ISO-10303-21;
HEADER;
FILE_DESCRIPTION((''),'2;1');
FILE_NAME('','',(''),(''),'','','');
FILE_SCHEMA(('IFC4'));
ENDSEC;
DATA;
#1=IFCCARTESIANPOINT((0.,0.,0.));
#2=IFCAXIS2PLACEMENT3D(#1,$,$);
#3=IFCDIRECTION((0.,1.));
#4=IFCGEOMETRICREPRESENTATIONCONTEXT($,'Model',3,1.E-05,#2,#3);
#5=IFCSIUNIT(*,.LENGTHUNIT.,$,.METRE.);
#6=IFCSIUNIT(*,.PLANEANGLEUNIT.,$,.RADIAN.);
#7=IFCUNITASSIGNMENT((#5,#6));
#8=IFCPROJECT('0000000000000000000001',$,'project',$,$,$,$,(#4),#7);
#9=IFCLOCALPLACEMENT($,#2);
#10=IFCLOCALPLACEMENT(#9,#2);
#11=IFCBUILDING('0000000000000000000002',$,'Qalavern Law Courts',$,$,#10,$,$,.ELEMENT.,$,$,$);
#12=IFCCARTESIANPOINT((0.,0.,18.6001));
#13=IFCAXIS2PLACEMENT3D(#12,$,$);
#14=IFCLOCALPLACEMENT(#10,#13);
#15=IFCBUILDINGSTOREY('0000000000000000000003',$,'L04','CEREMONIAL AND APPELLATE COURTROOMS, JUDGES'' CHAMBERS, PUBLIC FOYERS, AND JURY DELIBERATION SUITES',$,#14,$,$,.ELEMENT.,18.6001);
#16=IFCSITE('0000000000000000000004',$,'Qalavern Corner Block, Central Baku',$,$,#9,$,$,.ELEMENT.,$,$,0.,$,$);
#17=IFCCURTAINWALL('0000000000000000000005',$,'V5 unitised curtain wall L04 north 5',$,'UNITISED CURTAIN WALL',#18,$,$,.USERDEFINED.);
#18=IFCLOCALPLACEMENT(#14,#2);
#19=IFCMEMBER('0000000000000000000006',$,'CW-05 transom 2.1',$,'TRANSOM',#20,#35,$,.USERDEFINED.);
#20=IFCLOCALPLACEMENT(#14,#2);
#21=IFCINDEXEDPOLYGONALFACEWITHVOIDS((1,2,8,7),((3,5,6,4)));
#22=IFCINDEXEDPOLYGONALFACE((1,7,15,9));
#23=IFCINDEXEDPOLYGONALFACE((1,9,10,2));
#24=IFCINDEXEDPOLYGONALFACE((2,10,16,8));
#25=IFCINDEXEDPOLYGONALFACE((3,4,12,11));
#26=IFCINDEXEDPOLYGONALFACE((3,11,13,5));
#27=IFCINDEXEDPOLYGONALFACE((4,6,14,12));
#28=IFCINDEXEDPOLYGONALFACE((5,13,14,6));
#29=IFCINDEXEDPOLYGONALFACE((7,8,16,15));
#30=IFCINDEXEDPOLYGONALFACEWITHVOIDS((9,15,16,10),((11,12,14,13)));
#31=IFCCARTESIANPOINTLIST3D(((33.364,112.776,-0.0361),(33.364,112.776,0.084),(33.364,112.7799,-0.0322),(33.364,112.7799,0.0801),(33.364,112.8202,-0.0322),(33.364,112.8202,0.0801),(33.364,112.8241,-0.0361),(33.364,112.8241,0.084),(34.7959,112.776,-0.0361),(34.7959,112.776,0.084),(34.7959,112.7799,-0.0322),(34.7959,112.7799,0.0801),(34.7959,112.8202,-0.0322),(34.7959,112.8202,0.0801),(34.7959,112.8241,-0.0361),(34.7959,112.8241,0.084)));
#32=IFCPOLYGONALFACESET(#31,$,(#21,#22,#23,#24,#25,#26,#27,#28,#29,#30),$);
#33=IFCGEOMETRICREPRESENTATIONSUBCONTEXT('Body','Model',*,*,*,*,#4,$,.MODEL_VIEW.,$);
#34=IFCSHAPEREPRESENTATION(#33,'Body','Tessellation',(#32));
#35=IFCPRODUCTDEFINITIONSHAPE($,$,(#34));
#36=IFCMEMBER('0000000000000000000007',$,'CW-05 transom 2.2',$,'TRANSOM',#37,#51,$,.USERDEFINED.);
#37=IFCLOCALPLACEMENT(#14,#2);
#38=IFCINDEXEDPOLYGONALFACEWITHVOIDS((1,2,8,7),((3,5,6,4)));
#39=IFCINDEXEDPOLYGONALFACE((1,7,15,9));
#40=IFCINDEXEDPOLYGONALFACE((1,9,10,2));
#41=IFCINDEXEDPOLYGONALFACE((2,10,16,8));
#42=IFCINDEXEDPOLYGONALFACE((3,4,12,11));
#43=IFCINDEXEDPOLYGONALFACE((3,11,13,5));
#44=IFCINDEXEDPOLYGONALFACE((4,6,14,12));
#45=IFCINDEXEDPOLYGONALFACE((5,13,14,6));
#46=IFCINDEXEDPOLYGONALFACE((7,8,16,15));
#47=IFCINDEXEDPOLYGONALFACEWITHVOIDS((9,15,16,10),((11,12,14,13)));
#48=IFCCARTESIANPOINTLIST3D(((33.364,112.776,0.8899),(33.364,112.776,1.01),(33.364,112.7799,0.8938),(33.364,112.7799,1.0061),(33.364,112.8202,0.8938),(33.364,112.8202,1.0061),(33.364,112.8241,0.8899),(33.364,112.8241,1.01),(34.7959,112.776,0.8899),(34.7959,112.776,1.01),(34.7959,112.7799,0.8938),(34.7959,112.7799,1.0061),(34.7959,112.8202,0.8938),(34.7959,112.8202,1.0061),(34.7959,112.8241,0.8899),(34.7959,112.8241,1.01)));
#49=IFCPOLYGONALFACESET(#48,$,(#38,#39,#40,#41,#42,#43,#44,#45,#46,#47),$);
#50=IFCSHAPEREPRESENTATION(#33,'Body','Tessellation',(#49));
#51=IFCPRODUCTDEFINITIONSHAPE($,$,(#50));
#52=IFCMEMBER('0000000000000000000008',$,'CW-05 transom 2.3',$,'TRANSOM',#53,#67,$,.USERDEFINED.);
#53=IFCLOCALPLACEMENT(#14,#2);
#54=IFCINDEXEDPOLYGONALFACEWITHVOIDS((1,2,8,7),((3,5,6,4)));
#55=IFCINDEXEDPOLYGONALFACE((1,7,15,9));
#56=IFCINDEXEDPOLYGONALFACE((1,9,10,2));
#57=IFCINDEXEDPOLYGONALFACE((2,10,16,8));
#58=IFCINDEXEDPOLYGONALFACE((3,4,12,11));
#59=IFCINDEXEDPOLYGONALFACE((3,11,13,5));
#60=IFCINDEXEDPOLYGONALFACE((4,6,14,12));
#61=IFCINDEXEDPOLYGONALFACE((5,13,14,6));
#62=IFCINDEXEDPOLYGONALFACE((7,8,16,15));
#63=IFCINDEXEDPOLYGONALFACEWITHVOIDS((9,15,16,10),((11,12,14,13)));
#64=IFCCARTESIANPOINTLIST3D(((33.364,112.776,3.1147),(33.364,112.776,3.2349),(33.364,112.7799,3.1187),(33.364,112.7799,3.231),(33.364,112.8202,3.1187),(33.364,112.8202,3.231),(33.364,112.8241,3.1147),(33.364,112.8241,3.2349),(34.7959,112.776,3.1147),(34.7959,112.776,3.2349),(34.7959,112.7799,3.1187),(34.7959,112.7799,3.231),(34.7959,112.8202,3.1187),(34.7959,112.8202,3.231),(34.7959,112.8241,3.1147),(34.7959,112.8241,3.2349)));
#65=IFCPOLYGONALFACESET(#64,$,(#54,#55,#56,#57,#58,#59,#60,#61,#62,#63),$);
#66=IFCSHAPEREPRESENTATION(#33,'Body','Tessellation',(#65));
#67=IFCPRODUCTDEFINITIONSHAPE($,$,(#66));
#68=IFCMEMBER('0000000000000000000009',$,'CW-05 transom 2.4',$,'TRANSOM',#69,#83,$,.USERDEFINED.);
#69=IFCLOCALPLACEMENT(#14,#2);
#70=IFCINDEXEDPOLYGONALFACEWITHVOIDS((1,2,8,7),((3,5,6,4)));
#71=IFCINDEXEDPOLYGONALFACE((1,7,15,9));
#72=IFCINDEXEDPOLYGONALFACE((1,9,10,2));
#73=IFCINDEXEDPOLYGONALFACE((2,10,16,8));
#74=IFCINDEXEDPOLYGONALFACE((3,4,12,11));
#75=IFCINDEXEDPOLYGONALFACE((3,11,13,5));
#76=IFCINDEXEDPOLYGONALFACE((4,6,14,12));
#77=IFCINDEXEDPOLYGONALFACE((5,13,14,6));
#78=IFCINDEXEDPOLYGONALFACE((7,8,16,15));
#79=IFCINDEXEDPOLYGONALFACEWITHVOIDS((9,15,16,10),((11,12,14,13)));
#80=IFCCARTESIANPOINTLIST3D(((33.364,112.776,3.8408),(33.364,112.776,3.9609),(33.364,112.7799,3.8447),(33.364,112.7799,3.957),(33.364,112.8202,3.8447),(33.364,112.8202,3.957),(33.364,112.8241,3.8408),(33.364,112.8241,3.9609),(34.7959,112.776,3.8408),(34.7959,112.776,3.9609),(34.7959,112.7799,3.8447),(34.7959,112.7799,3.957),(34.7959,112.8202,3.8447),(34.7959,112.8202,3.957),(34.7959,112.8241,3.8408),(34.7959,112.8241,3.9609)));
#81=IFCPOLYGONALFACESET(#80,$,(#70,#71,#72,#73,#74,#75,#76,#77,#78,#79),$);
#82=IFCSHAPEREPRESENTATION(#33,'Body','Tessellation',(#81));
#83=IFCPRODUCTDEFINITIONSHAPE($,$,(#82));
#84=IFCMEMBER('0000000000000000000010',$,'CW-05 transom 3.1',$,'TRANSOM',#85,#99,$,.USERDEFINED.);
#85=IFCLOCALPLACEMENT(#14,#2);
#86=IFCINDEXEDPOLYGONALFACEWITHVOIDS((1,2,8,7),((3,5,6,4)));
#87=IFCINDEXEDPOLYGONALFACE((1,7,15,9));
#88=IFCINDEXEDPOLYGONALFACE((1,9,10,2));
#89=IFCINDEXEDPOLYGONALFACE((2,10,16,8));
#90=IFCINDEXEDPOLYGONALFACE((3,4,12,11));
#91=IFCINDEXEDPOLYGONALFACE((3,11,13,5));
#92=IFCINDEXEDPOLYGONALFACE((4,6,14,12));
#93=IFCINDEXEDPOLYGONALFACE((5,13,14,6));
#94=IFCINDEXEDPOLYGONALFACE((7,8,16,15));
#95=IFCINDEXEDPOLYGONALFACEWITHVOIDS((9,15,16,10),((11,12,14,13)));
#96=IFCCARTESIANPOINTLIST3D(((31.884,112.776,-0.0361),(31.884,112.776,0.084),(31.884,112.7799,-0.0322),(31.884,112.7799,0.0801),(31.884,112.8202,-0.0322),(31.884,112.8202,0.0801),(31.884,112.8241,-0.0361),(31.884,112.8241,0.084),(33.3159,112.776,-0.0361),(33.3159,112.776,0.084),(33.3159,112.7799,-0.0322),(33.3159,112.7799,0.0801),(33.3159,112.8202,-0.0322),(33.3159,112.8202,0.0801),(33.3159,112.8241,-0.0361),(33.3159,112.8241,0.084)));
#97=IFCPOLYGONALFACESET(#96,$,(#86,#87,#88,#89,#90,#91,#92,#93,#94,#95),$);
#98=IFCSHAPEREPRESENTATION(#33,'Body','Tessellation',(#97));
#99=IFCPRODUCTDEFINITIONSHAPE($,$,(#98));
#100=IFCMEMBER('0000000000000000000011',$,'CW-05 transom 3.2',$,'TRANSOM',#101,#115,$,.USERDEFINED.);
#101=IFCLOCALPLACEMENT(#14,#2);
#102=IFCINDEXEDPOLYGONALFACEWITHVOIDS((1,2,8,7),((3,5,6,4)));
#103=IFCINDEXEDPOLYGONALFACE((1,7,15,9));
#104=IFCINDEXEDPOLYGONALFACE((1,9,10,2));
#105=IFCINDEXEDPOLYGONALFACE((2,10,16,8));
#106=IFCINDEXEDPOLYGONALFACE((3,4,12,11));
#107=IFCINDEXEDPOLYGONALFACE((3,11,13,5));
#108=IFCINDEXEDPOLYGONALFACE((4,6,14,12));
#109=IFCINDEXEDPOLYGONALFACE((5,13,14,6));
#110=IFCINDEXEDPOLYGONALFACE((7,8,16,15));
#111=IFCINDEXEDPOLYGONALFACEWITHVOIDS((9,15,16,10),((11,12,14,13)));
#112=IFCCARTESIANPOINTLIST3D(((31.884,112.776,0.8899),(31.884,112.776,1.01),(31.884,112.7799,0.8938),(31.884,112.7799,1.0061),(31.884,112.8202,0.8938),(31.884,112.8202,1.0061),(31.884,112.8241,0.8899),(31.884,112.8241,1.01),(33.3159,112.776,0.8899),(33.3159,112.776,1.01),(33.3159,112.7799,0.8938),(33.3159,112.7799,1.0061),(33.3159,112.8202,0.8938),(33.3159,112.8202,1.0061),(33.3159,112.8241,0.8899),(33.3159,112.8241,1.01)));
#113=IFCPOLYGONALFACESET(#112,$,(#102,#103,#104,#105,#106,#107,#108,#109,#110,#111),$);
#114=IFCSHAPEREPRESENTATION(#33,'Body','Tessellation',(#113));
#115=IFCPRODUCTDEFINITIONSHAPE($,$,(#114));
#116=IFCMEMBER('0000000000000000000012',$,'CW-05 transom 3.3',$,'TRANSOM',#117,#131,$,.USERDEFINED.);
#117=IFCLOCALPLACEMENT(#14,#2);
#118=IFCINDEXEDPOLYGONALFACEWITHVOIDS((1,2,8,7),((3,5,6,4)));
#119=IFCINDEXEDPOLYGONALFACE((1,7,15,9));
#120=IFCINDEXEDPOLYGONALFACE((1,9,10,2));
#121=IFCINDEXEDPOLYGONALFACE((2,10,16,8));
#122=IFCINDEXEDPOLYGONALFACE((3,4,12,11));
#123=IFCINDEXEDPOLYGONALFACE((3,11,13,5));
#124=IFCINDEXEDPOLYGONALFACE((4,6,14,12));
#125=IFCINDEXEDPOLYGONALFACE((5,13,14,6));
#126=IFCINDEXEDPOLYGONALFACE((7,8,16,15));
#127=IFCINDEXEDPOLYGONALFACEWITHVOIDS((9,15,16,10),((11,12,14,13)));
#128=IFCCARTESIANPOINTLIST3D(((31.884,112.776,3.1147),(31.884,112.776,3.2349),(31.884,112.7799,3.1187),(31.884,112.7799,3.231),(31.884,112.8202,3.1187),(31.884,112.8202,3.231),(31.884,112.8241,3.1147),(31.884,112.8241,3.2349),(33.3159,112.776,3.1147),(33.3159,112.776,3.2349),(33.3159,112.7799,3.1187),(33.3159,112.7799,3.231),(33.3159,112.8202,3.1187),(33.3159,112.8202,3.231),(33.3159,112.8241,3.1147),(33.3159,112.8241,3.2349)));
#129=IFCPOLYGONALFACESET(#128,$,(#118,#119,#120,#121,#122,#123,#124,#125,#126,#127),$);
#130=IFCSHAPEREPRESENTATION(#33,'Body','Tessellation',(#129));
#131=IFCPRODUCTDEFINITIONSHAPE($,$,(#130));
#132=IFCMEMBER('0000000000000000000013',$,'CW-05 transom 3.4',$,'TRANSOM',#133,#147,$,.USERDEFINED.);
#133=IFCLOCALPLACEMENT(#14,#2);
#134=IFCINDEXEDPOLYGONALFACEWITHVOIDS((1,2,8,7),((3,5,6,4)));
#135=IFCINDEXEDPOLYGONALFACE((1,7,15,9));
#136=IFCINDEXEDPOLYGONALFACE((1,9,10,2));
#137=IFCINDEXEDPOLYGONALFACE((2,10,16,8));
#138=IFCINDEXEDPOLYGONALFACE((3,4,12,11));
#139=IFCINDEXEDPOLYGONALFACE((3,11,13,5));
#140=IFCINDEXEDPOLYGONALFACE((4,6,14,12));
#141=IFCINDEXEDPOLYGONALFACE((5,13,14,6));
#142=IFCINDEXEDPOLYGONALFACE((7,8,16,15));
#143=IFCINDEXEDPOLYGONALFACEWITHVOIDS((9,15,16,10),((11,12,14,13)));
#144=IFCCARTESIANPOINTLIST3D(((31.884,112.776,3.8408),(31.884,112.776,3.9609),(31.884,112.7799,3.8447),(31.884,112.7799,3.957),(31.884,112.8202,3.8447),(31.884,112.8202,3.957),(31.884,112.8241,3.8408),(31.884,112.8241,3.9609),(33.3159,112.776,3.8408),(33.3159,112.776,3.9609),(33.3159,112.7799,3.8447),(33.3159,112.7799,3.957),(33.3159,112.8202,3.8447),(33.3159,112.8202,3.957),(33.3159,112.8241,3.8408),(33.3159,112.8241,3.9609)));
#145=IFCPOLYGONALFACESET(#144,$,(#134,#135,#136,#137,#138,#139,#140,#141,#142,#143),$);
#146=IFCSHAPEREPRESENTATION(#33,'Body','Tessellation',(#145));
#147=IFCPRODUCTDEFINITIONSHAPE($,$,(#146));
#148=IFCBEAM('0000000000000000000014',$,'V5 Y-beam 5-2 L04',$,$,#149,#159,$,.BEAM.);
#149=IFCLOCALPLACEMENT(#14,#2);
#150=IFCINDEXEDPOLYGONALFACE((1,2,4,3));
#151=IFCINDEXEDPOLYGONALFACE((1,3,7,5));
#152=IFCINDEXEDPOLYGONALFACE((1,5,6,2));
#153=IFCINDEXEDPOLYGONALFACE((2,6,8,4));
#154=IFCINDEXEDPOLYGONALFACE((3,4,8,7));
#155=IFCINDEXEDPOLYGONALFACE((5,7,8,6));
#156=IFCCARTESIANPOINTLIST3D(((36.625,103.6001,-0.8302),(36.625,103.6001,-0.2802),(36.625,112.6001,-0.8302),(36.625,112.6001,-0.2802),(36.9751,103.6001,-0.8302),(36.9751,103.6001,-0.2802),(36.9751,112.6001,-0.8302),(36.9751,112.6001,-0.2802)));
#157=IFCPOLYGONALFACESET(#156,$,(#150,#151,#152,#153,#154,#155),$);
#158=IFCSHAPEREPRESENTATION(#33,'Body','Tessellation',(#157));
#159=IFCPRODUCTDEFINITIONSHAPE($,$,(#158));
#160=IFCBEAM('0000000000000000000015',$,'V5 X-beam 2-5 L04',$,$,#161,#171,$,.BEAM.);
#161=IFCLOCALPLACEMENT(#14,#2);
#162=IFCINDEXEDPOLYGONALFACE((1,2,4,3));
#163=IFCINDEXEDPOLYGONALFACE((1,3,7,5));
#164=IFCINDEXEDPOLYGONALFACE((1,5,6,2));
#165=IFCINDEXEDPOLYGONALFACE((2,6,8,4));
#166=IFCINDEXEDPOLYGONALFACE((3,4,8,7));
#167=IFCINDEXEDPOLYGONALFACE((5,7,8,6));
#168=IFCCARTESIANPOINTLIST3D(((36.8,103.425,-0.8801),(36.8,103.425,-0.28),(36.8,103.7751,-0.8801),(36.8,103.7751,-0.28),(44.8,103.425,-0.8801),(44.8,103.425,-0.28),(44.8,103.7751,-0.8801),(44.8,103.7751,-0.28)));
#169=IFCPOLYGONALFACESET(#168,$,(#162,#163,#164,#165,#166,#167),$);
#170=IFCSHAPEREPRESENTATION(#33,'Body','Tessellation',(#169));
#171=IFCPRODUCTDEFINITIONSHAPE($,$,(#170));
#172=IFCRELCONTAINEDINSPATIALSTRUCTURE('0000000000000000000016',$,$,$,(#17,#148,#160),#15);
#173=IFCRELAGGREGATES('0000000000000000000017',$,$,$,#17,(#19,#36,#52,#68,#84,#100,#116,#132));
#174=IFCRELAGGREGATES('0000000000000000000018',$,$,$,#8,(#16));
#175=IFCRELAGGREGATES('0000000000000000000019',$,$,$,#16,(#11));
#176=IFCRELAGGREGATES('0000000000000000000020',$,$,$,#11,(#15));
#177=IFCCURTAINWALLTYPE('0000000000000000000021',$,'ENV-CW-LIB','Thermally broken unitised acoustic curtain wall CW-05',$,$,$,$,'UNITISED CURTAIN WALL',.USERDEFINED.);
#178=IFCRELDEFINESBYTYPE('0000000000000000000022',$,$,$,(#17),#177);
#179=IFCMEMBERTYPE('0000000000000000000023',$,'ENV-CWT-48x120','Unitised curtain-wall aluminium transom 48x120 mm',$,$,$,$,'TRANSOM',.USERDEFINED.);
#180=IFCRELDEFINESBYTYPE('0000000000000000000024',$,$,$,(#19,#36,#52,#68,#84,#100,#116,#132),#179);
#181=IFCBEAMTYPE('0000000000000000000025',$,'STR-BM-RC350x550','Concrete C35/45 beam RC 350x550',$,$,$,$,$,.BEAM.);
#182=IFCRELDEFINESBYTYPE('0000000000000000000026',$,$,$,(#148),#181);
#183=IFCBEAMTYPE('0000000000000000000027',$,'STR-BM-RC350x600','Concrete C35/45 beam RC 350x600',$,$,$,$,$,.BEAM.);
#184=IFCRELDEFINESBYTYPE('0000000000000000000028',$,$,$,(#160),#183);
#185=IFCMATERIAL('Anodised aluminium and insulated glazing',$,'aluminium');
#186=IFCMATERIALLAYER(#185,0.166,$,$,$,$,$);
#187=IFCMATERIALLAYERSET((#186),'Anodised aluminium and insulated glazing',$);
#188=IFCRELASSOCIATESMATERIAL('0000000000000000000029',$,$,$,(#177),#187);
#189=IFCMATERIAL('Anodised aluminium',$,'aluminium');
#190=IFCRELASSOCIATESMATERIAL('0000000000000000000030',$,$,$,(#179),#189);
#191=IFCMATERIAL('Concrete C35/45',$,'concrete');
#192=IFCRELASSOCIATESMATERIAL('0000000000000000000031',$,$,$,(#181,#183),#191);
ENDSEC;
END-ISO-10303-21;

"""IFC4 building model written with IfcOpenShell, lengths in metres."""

from ifc_helpers import new_model, si_unit, direction, frame, origin, origin_2d, place, context, subcontext, project, spatial, rectangle, hollow_rectangle, extrude, material, layer, layer_set, material_profile, profile_set, type_object, element, aggregate, save


model = new_model("IFC4")

# Units and contexts
model_context = context("Model", 3, precision=1e-05, world=origin(), true_north=direction((0.0, 1.0)))
body_context = subcontext(model_context, "Body", "Model", "MODEL_VIEW")
ifc_project = project(units=[si_unit("LENGTHUNIT", "METRE"), si_unit("PLANEANGLEUNIT", "RADIAN")], contexts=[model_context])

# Site, building, storey
site_placement = place(None, origin())
site = spatial("IfcSite", under=ifc_project, at=site_placement, Name="Qalavern Corner Block, Central Baku", CompositionType="ELEMENT", RefElevation=0.0)
building_placement = place(site_placement, origin())
building = spatial("IfcBuilding", under=site, at=building_placement, Name="Qalavern Law Courts", CompositionType="ELEMENT")
storey_placement = place(building_placement, frame((0.0, 0.0, 18.6001)))
storey = spatial("IfcBuildingStorey", under=building, at=storey_placement, Name="L04", Description="CEREMONIAL AND APPELLATE COURTROOMS, JUDGES' CHAMBERS, PUBLIC FOYERS, AND JURY DELIBERATION SUITES", CompositionType="ELEMENT", Elevation=18.6001)

# Shared definitions
ifc_material_1 = material(Name="Anodised aluminium and insulated glazing", Category="aluminium")
ifc_layer_1 = layer(ifc_material_1, 0.166)
ifc_layer_set_1 = layer_set([ifc_layer_1], Name="Anodised aluminium and insulated glazing")
curtain_wall_type = type_object("IfcCurtainWallType", Name="ENV-CW-LIB", Description="Thermally broken unitised acoustic curtain wall CW-05", ElementType="UNITISED CURTAIN WALL", PredefinedType="USERDEFINED", material=ifc_layer_set_1)
ifc_material_2 = material(Name="Anodised aluminium", Category="aluminium")

# Curtain wall
curtain_wall_1_placement = place(storey_placement, origin())
curtain_wall_1 = element("IfcCurtainWall", 1, at=curtain_wall_1_placement, inside=storey, type_object=curtain_wall_type, Name="V5 unitised curtain wall L04 north 5", ObjectType="UNITISED CURTAIN WALL", PredefinedType="USERDEFINED")

# Members
ifc_material_profile_1 = material_profile(ifc_material_2, hollow_rectangle(XDim=0.0481, YDim=0.1201, WallThickness=0.0039, at=origin_2d()), Name="ALU TRANSOM 48x120")
ifc_profile_set_1 = profile_set([ifc_material_profile_1], Name="Anodised aluminium")
member_type_1 = type_object("IfcMemberType", Name="ENV-CWT-48x120", Description="Unitised curtain-wall aluminium transom 48x120 mm", ElementType="TRANSOM", PredefinedType="USERDEFINED", material=ifc_profile_set_1)
member_1_placement = place(storey_placement, frame((34.7959, 112.8, 0.0239), z_axis=(-1.0, 0.0, 0.0), x_axis=(0.0, -1.0, 0.0)))
member_1 = element("IfcMember", 2, at=member_1_placement, type_object=member_type_1, Name="CW-05 transom 2.1", ObjectType="TRANSOM", PredefinedType="USERDEFINED", context=body_context, shape_type="SweptSolid", body=[
    extrude(hollow_rectangle(XDim=0.0481, YDim=0.1201, WallThickness=0.0039, at=origin_2d()), origin(), (0.0, 0.0, 1.0), 1.4319),
])
member_2_placement = place(storey_placement, frame((34.7959, 112.8, 0.95), z_axis=(-1.0, 0.0, 0.0), x_axis=(0.0, -1.0, 0.0)))
member_2 = element("IfcMember", 3, at=member_2_placement, type_object=member_type_1, Name="CW-05 transom 2.2", ObjectType="TRANSOM", PredefinedType="USERDEFINED", context=body_context, shape_type="SweptSolid", body=[
    extrude(hollow_rectangle(XDim=0.0481, YDim=0.1201, WallThickness=0.0039, at=origin_2d()), origin(), (0.0, 0.0, 1.0), 1.4319),
])
member_3_placement = place(storey_placement, frame((34.7959, 112.8, 3.1748), z_axis=(-1.0, 0.0, 0.0), x_axis=(0.0, -1.0, 0.0)))
member_3 = element("IfcMember", 4, at=member_3_placement, type_object=member_type_1, Name="CW-05 transom 2.3", ObjectType="TRANSOM", PredefinedType="USERDEFINED", context=body_context, shape_type="SweptSolid", body=[
    extrude(hollow_rectangle(XDim=0.0481, YDim=0.1201, WallThickness=0.0039, at=origin_2d()), origin(), (0.0, 0.0, 1.0), 1.4319),
])
member_4_placement = place(storey_placement, frame((34.7959, 112.8, 3.9009), z_axis=(-1.0, 0.0, 0.0), x_axis=(0.0, -1.0, 0.0)))
member_4 = element("IfcMember", 5, at=member_4_placement, type_object=member_type_1, Name="CW-05 transom 2.4", ObjectType="TRANSOM", PredefinedType="USERDEFINED", context=body_context, shape_type="SweptSolid", body=[
    extrude(hollow_rectangle(XDim=0.0481, YDim=0.1201, WallThickness=0.0039, at=origin_2d()), origin(), (0.0, 0.0, 1.0), 1.4319),
])
member_5_placement = place(storey_placement, frame((33.3159, 112.8, 0.0239), z_axis=(-1.0, 0.0, 0.0), x_axis=(0.0, -1.0, 0.0)))
member_5 = element("IfcMember", 6, at=member_5_placement, type_object=member_type_1, Name="CW-05 transom 3.1", ObjectType="TRANSOM", PredefinedType="USERDEFINED", context=body_context, shape_type="SweptSolid", body=[
    extrude(hollow_rectangle(XDim=0.0481, YDim=0.1201, WallThickness=0.0039, at=origin_2d()), origin(), (0.0, 0.0, 1.0), 1.4319),
])
member_6_placement = place(storey_placement, frame((33.3159, 112.8, 0.95), z_axis=(-1.0, 0.0, 0.0), x_axis=(0.0, -1.0, 0.0)))
member_6 = element("IfcMember", 7, at=member_6_placement, type_object=member_type_1, Name="CW-05 transom 3.2", ObjectType="TRANSOM", PredefinedType="USERDEFINED", context=body_context, shape_type="SweptSolid", body=[
    extrude(hollow_rectangle(XDim=0.0481, YDim=0.1201, WallThickness=0.0039, at=origin_2d()), origin(), (0.0, 0.0, 1.0), 1.4319),
])
member_7_placement = place(storey_placement, frame((33.3159, 112.8, 3.1748), z_axis=(-1.0, 0.0, 0.0), x_axis=(0.0, -1.0, 0.0)))
member_7 = element("IfcMember", 8, at=member_7_placement, type_object=member_type_1, Name="CW-05 transom 3.3", ObjectType="TRANSOM", PredefinedType="USERDEFINED", context=body_context, shape_type="SweptSolid", body=[
    extrude(hollow_rectangle(XDim=0.0481, YDim=0.1201, WallThickness=0.0039, at=origin_2d()), origin(), (0.0, 0.0, 1.0), 1.4319),
])
member_8_placement = place(storey_placement, frame((33.3159, 112.8, 3.9009), z_axis=(-1.0, 0.0, 0.0), x_axis=(0.0, -1.0, 0.0)))
member_8 = element("IfcMember", 9, at=member_8_placement, type_object=member_type_1, Name="CW-05 transom 3.4", ObjectType="TRANSOM", PredefinedType="USERDEFINED", context=body_context, shape_type="SweptSolid", body=[
    extrude(hollow_rectangle(XDim=0.0481, YDim=0.1201, WallThickness=0.0039, at=origin_2d()), origin(), (0.0, 0.0, 1.0), 1.4319),
])

# Beams
ifc_material_3 = material(Name="Concrete C35/45", Category="concrete")
ifc_material_profile_2 = material_profile(ifc_material_3, rectangle(XDim=0.3501, YDim=0.55, at=origin_2d()), Name="RC 350x550")
ifc_profile_set_2 = profile_set([ifc_material_profile_2], Name="Concrete C35/45")
beam_type_1 = type_object("IfcBeamType", Name="STR-BM-RC350x550", Description="Concrete C35/45 beam RC 350x550", PredefinedType="BEAM", material=ifc_profile_set_2)
beam_1_placement = place(storey_placement, frame((36.8, 103.6001, -0.5552), z_axis=(0.0, 1.0, 0.0), x_axis=(-1.0, 0.0, 0.0)))
element("IfcBeam", 10, at=beam_1_placement, inside=storey, type_object=beam_type_1, Name="V5 Y-beam 5-2 L04", PredefinedType="BEAM", context=body_context, shape_type="SweptSolid", body=[
    extrude(rectangle(XDim=0.3501, YDim=0.55, at=origin_2d()), origin(), (0.0, 0.0, 1.0), 9.0),
])
ifc_material_profile_3 = material_profile(ifc_material_3, rectangle(XDim=0.3501, YDim=0.6001, at=origin_2d()), Name="RC 350x600")
ifc_profile_set_3 = profile_set([ifc_material_profile_3], Name="Concrete C35/45")
beam_type_2 = type_object("IfcBeamType", Name="STR-BM-RC350x600", Description="Concrete C35/45 beam RC 350x600", PredefinedType="BEAM", material=ifc_profile_set_3)
beam_2_placement = place(storey_placement, frame((36.8, 103.6001, -0.5801), z_axis=(1.0, 0.0, 0.0), x_axis=(0.0, 1.0, 0.0)))
element("IfcBeam", 11, at=beam_2_placement, inside=storey, type_object=beam_type_2, Name="V5 X-beam 2-5 L04", PredefinedType="BEAM", context=body_context, shape_type="SweptSolid", body=[
    extrude(rectangle(XDim=0.3501, YDim=0.6001, at=origin_2d()), origin(), (0.0, 0.0, 1.0), 8.0),
])

aggregate(curtain_wall_1, [member_1, member_2, member_3, member_4, member_5, member_6, member_7, member_8])

save(model, "model.ifc")
